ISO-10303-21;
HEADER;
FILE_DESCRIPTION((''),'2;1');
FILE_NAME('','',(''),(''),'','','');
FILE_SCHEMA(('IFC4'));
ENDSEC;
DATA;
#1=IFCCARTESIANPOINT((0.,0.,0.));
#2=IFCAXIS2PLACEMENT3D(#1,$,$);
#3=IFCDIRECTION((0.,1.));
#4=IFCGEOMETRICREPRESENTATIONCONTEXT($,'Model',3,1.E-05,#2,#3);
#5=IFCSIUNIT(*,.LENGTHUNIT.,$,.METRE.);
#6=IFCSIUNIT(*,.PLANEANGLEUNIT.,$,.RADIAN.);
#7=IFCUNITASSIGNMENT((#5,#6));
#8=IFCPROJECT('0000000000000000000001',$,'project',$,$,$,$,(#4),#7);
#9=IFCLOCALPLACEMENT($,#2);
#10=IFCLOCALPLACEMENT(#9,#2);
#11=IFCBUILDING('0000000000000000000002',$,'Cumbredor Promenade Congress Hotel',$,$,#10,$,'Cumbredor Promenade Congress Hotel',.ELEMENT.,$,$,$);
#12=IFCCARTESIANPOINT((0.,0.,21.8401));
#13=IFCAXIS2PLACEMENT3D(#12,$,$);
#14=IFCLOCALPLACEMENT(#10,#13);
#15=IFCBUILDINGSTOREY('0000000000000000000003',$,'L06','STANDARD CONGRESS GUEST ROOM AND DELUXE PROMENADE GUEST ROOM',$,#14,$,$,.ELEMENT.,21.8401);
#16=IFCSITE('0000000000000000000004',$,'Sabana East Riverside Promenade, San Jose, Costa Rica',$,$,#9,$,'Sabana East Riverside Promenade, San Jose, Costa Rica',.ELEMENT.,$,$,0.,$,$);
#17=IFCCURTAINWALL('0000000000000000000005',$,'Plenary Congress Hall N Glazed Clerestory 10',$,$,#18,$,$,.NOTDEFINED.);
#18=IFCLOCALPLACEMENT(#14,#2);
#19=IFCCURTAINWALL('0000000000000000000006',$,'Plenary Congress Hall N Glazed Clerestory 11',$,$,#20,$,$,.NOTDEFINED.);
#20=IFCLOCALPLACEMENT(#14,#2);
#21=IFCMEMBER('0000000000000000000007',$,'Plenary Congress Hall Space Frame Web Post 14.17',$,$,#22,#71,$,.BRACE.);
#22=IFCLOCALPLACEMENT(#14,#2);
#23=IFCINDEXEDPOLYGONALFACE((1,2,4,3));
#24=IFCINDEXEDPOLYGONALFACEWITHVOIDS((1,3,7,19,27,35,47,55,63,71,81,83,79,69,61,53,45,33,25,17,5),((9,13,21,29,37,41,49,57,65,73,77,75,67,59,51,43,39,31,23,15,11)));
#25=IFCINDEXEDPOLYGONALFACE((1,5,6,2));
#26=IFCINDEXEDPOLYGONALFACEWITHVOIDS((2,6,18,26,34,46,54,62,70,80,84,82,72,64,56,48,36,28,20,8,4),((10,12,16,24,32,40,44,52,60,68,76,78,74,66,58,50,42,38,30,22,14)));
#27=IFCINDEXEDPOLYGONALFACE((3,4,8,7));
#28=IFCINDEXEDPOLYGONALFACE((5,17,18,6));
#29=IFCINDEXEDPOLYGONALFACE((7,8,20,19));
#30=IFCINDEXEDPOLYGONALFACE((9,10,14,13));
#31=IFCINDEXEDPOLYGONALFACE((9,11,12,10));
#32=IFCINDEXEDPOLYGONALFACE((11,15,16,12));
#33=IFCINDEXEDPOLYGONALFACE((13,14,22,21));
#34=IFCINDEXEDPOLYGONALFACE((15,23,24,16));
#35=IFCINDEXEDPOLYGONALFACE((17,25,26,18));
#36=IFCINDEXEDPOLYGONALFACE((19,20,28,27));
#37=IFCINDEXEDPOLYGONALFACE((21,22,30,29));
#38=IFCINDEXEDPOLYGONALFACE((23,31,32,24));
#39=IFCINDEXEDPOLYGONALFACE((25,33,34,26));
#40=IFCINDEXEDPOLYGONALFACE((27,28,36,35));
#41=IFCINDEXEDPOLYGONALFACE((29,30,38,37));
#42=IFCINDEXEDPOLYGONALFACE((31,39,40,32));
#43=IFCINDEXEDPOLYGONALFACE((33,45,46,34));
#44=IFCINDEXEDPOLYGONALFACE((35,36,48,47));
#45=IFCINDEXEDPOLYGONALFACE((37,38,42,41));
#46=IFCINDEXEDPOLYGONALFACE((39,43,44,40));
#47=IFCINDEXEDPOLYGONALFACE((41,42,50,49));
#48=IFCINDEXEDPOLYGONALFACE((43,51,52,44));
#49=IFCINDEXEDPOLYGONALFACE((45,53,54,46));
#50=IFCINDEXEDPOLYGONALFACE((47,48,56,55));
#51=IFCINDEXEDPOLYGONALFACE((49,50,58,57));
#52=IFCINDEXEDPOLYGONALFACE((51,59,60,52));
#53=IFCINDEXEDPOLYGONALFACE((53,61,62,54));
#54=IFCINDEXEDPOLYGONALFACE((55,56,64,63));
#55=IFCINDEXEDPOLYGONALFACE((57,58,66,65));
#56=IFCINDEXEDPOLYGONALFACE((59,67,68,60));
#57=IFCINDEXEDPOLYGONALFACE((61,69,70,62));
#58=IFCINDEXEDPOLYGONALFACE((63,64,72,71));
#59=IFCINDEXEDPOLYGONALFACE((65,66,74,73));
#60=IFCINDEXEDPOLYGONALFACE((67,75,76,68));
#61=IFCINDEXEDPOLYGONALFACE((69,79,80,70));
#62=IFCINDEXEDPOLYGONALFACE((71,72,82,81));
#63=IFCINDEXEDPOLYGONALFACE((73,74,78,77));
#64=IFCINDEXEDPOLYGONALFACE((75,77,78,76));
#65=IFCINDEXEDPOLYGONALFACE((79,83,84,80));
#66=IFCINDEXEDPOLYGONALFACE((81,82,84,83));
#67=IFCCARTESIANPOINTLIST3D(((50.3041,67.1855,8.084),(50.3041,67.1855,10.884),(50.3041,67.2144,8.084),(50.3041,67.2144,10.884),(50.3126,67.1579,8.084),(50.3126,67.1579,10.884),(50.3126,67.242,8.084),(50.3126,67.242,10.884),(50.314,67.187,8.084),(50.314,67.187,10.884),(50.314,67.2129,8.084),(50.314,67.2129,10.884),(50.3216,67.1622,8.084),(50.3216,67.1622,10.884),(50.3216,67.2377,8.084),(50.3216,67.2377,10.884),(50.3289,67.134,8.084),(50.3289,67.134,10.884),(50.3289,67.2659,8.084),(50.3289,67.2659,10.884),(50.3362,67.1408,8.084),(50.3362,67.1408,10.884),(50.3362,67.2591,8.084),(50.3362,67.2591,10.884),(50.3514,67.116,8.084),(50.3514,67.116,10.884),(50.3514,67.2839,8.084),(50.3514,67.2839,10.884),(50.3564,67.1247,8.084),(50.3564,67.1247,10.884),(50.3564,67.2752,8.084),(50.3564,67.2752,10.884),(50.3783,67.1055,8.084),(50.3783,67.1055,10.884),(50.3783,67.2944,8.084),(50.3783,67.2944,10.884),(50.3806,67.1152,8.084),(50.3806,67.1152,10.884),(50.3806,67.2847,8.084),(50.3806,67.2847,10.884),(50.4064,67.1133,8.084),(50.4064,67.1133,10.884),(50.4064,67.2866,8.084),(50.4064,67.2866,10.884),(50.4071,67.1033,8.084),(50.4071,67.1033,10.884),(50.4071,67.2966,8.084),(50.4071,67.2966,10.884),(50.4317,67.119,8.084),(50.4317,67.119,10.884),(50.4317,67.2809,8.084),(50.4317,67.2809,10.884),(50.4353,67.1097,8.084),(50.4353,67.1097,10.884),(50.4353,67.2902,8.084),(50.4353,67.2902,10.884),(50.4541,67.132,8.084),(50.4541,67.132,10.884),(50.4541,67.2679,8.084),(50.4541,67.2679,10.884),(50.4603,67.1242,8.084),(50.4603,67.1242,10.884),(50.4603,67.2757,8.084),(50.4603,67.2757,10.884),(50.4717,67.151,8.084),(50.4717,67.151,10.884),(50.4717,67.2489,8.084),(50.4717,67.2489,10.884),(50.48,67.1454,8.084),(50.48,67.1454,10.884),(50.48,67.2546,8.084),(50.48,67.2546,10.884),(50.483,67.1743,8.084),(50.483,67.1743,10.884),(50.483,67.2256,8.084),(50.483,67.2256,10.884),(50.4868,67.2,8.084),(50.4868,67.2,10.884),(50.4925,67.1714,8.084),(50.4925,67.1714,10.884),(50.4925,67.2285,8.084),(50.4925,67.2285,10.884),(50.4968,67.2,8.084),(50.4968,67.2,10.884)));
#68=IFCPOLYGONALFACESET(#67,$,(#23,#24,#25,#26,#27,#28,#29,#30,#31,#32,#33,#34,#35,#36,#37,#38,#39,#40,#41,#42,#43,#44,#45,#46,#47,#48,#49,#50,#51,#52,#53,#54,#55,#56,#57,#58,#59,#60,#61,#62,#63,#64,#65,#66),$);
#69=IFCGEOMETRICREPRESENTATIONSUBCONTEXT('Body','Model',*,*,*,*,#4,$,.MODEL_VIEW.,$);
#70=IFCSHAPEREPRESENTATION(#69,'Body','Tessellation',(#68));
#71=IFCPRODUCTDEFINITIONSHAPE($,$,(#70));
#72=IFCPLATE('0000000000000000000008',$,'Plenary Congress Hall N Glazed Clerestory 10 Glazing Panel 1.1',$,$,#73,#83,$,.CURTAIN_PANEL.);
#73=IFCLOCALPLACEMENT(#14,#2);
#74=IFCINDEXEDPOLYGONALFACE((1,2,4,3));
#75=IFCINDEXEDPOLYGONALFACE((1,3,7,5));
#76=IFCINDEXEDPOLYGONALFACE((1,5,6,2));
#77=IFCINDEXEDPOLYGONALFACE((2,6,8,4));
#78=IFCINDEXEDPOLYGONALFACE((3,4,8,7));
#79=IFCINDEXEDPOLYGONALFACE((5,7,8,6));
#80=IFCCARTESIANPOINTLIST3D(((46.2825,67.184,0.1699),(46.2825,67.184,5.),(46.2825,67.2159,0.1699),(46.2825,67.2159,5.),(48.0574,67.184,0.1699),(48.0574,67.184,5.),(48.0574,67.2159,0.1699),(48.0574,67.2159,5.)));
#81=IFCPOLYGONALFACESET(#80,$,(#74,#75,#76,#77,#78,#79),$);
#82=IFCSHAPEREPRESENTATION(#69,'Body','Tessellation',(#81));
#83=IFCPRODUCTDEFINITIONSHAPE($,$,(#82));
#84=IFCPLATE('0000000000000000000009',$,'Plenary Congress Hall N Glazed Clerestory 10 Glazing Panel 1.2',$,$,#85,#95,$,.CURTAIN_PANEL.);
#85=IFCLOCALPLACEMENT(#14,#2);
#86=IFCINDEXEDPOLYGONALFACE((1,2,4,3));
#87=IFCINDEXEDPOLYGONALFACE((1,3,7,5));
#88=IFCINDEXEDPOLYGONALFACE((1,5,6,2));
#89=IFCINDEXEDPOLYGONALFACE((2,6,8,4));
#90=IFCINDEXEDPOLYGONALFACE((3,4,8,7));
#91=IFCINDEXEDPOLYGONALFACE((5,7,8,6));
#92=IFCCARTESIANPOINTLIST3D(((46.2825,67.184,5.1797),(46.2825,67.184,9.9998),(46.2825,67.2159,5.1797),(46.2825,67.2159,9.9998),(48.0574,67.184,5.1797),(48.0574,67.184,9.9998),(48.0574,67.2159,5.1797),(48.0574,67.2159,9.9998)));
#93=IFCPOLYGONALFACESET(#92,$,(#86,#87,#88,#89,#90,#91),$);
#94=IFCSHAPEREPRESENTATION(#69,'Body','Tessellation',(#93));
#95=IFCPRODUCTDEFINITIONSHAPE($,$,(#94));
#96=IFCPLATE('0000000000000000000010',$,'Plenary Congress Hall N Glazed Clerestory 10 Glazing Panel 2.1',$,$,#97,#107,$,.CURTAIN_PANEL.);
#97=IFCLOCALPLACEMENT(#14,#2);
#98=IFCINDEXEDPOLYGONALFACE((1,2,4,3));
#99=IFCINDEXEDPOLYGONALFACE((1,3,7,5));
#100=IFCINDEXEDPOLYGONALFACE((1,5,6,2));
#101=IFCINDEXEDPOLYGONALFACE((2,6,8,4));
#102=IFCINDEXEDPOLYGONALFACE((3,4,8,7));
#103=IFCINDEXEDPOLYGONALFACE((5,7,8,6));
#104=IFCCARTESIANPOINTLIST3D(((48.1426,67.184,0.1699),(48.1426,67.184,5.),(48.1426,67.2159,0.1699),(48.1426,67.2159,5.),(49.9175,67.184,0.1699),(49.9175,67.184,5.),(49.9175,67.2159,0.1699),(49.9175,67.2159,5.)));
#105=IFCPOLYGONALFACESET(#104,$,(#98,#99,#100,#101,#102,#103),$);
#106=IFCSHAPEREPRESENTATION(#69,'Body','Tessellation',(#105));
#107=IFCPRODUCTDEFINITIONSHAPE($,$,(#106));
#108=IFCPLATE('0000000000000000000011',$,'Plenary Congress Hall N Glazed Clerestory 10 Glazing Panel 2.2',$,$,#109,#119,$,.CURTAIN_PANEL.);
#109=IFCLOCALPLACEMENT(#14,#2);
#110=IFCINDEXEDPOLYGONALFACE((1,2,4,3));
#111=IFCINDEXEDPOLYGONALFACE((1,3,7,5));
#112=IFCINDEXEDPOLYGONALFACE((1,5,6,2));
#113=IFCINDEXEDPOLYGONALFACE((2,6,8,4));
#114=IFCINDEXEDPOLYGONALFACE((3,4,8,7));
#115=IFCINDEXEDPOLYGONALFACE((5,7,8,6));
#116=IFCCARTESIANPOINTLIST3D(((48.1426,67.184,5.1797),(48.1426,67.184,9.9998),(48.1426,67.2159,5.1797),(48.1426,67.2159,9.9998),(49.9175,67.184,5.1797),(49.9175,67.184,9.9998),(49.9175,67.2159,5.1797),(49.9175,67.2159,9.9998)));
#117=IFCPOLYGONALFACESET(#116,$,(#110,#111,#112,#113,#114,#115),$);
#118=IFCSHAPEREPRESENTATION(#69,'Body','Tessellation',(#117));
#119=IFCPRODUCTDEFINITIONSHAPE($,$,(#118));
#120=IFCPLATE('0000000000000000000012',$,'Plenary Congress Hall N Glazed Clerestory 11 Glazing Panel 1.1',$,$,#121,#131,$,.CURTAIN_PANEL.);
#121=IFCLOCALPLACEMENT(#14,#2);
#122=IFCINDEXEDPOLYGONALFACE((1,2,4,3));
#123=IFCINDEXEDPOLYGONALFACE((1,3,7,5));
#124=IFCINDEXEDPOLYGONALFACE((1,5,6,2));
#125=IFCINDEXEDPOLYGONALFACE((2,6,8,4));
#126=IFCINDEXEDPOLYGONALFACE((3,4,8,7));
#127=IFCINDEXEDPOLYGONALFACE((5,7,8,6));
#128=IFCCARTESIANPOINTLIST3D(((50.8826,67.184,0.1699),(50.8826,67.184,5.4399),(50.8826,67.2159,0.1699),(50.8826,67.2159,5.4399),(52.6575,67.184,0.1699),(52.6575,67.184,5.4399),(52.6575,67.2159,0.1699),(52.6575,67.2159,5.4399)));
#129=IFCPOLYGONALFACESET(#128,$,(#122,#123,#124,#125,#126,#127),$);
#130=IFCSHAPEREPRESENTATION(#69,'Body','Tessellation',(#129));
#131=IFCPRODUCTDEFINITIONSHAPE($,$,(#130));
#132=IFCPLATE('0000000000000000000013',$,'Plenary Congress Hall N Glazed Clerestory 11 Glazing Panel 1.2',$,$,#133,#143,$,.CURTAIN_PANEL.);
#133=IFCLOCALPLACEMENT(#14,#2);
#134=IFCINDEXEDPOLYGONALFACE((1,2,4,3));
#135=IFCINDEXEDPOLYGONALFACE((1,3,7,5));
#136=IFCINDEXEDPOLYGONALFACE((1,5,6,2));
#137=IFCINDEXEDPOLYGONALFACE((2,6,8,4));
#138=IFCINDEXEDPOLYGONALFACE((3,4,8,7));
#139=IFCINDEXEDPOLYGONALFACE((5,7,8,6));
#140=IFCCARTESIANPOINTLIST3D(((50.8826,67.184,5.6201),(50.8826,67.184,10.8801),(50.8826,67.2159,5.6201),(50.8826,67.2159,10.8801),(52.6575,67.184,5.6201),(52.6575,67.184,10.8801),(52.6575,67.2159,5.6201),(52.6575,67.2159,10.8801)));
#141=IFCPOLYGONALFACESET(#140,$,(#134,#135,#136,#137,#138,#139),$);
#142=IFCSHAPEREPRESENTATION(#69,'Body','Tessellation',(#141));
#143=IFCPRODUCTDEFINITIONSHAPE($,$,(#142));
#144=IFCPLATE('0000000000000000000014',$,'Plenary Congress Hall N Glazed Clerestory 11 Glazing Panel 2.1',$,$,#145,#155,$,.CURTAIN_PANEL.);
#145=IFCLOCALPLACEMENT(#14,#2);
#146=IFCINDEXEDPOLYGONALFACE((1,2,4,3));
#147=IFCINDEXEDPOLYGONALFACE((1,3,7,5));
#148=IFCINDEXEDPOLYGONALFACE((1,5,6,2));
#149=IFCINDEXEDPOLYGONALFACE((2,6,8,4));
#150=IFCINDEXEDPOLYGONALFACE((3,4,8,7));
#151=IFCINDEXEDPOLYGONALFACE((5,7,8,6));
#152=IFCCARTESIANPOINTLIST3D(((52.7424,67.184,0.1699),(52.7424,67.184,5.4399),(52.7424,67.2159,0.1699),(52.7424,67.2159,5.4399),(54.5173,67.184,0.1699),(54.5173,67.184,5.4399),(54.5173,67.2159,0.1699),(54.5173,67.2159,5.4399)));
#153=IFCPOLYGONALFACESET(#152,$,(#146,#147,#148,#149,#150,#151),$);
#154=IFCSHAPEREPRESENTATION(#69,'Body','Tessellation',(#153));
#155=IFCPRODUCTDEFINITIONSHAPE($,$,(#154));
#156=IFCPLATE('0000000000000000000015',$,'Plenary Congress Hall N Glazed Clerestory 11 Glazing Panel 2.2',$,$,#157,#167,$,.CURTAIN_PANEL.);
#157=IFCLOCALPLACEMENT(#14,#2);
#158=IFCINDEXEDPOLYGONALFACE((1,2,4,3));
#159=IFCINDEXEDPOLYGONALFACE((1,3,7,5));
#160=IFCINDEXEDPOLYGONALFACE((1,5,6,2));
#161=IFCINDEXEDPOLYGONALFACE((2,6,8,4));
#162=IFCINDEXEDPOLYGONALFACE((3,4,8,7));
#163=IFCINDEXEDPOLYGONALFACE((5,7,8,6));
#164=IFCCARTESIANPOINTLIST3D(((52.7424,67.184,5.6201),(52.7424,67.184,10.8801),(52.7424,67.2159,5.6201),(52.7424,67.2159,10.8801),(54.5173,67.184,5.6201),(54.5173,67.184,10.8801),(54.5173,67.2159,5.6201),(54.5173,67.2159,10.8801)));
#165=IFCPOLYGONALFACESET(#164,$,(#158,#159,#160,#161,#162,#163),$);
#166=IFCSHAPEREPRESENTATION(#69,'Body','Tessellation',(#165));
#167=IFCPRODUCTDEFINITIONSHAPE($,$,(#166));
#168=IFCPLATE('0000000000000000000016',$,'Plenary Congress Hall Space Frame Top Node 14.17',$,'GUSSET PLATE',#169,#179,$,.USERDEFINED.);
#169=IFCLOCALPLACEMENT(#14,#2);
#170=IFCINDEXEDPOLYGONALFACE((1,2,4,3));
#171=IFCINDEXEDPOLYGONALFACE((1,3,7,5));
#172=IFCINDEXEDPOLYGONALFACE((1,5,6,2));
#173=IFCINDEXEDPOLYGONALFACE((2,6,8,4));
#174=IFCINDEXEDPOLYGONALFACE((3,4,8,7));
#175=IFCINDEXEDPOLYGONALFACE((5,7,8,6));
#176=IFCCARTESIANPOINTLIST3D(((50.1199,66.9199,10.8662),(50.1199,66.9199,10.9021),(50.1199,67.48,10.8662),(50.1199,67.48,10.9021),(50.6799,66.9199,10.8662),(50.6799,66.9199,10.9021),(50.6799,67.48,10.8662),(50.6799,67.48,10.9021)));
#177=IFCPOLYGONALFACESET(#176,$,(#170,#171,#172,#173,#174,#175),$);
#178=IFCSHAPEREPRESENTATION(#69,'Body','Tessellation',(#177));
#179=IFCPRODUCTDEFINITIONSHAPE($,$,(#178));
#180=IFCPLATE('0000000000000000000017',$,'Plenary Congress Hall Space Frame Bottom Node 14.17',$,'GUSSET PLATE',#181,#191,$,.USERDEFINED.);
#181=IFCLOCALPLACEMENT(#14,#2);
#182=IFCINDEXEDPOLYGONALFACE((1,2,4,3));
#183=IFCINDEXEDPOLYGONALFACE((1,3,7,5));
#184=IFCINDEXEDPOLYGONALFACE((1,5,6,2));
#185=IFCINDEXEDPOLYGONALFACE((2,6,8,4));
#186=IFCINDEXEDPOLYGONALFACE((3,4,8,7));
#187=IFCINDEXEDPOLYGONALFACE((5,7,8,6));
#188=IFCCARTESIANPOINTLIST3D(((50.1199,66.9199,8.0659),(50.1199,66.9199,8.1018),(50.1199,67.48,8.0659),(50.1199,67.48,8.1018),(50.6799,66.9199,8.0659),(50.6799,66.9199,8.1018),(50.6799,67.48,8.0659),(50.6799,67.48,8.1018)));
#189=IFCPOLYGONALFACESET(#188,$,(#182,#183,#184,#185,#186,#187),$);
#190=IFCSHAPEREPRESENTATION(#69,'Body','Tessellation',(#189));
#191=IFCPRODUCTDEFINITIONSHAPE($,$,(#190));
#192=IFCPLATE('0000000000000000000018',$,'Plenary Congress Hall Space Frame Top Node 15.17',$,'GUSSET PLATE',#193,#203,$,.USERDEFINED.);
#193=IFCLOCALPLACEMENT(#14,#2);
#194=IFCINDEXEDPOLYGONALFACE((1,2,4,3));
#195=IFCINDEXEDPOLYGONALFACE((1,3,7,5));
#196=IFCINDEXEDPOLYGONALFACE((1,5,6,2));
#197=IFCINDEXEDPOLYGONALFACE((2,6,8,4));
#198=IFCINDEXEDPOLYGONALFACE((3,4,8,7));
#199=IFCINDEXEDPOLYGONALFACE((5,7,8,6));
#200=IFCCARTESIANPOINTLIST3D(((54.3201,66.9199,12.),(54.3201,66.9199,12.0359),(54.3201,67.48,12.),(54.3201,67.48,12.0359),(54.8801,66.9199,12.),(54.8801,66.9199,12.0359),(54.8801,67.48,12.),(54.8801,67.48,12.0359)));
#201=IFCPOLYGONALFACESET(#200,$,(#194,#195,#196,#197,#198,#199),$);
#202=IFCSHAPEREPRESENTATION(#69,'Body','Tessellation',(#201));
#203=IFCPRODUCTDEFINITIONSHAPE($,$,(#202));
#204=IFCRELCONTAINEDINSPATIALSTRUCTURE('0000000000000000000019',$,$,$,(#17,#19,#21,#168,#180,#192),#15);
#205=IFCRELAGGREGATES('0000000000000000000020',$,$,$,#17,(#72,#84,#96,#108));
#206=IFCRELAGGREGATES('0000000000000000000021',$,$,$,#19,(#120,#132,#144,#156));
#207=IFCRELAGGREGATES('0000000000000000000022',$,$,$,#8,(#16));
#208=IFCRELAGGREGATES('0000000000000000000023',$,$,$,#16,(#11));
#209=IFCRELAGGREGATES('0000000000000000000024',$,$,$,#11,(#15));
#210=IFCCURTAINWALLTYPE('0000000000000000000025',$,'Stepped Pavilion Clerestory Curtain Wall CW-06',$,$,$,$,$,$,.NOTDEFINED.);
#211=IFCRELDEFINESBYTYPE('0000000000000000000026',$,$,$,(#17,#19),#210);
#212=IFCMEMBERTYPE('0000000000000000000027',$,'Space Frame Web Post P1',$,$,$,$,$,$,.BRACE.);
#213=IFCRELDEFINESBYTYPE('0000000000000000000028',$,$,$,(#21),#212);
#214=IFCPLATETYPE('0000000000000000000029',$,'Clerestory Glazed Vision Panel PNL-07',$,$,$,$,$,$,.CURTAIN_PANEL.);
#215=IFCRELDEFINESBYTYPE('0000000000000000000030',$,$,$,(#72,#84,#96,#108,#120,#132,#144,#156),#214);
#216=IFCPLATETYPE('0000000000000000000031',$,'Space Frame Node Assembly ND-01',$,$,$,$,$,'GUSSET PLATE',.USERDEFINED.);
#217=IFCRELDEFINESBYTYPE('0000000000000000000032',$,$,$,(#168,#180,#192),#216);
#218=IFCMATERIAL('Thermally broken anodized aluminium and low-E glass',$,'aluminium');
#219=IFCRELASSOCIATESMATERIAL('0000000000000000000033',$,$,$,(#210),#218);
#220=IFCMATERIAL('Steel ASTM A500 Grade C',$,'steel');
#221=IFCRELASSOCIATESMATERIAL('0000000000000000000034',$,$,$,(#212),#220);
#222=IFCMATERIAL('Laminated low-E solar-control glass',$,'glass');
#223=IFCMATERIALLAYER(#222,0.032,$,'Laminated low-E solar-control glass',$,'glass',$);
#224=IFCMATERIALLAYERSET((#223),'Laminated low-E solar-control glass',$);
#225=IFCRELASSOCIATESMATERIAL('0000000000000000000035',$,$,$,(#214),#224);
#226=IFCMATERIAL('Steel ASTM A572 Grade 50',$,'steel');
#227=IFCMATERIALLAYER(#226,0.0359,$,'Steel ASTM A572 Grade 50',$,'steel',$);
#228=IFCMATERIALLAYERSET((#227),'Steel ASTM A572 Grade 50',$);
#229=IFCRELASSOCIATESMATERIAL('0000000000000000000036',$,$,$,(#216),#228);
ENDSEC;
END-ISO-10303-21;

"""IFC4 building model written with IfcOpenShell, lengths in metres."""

from ifc_helpers import new_model, si_unit, direction, frame, origin, origin_2d, place, context, subcontext, project, spatial, rectangle, hollow_circle, extrude, material, layer, layer_set, material_profile, profile_set, type_object, element, aggregate, save


model = new_model("IFC4")

# Units and contexts
model_context = context("Model", 3, precision=1e-05, world=origin(), true_north=direction((0.0, 1.0)))
body_context = subcontext(model_context, "Body", "Model", "MODEL_VIEW")
ifc_project = project(units=[si_unit("LENGTHUNIT", "METRE"), si_unit("PLANEANGLEUNIT", "RADIAN")], contexts=[model_context])

# Site, building, storey
site_placement = place(None, origin())
site = spatial("IfcSite", under=ifc_project, at=site_placement, Name="Sabana East Riverside Promenade, San Jose, Costa Rica", LongName="Sabana East Riverside Promenade, San Jose, Costa Rica", CompositionType="ELEMENT", RefElevation=0.0)
building_placement = place(site_placement, origin())
building = spatial("IfcBuilding", under=site, at=building_placement, Name="Cumbredor Promenade Congress Hotel", LongName="Cumbredor Promenade Congress Hotel", CompositionType="ELEMENT")
storey_placement = place(building_placement, frame((0.0, 0.0, 21.8401)))
storey = spatial("IfcBuildingStorey", under=building, at=storey_placement, Name="L06", Description="STANDARD CONGRESS GUEST ROOM AND DELUXE PROMENADE GUEST ROOM", CompositionType="ELEMENT", Elevation=21.8401)

# Curtain walls
ifc_material_1 = material(Name="Thermally broken anodized aluminium and low-E glass", Category="aluminium")
curtain_wall_type = type_object("IfcCurtainWallType", Name="Stepped Pavilion Clerestory Curtain Wall CW-06", PredefinedType="NOTDEFINED", material=ifc_material_1)
curtain_wall_1_placement = place(storey_placement, origin())
curtain_wall_1 = element("IfcCurtainWall", 1, at=curtain_wall_1_placement, inside=storey, type_object=curtain_wall_type, Name="Plenary Congress Hall N Glazed Clerestory 10", PredefinedType="NOTDEFINED")
curtain_wall_2_placement = place(storey_placement, origin())
curtain_wall_2 = element("IfcCurtainWall", 2, at=curtain_wall_2_placement, inside=storey, type_object=curtain_wall_type, Name="Plenary Congress Hall N Glazed Clerestory 11", PredefinedType="NOTDEFINED")

# Member
ifc_material_2 = material(Name="Steel ASTM A500 Grade C", Category="steel")
ifc_material_profile_1 = material_profile(ifc_material_2, hollow_circle(Radius=0.0969, WallThickness=0.01, at=origin_2d()), Name="CHS 193.7x10")
ifc_profile_set_1 = profile_set([ifc_material_profile_1], Name="Steel ASTM A500 Grade C")
member_type_1 = type_object("IfcMemberType", Name="Space Frame Web Post P1", PredefinedType="BRACE", material=ifc_profile_set_1)
member_1_placement = place(storey_placement, frame((50.3999, 67.2, 8.084), z_axis=(0.0, 0.0, 1.0), x_axis=(1.0, 0.0, 0.0)))
element("IfcMember", 3, at=member_1_placement, inside=storey, type_object=member_type_1, Name="Plenary Congress Hall Space Frame Web Post 14.17", PredefinedType="BRACE", context=body_context, shape_type="SweptSolid", body=[
    extrude(hollow_circle(Radius=0.0969, WallThickness=0.01, at=origin_2d()), origin(), (0.0, 0.0, 1.0), 2.8),
])

# Plates
ifc_material_3 = material(Name="Laminated low-E solar-control glass", Category="glass")
ifc_layer_1 = layer(ifc_material_3, 0.032, Name="Laminated low-E solar-control glass", Category="glass")
ifc_layer_set_1 = layer_set([ifc_layer_1], Name="Laminated low-E solar-control glass")
plate_type_1 = type_object("IfcPlateType", Name="Clerestory Glazed Vision Panel PNL-07", PredefinedType="CURTAIN_PANEL", material=ifc_layer_set_1)
plate_1_placement = place(storey_placement, frame((47.1699, 67.2, 0.1699), z_axis=(0.0, 0.0, 1.0), x_axis=(1.0, 0.0, 0.0)))
plate_1 = element("IfcPlate", 4, at=plate_1_placement, type_object=plate_type_1, Name="Plenary Congress Hall N Glazed Clerestory 10 Glazing Panel 1.1", PredefinedType="CURTAIN_PANEL", context=body_context, shape_type="SweptSolid", body=[
    extrude(rectangle(XDim=1.7749, YDim=0.032, at=origin_2d()), origin(), (0.0, 0.0, 1.0), 4.8301),
])
plate_2_placement = place(storey_placement, frame((47.1699, 67.2, 5.1797), z_axis=(0.0, 0.0, 1.0), x_axis=(1.0, 0.0, 0.0)))
plate_2 = element("IfcPlate", 5, at=plate_2_placement, type_object=plate_type_1, Name="Plenary Congress Hall N Glazed Clerestory 10 Glazing Panel 1.2", PredefinedType="CURTAIN_PANEL", context=body_context, shape_type="SweptSolid", body=[
    extrude(rectangle(XDim=1.7749, YDim=0.032, at=origin_2d()), origin(), (0.0, 0.0, 1.0), 4.8201),
])
plate_3_placement = place(storey_placement, frame((49.03, 67.2, 0.1699), z_axis=(0.0, 0.0, 1.0), x_axis=(1.0, 0.0, 0.0)))
plate_3 = element("IfcPlate", 6, at=plate_3_placement, type_object=plate_type_1, Name="Plenary Congress Hall N Glazed Clerestory 10 Glazing Panel 2.1", PredefinedType="CURTAIN_PANEL", context=body_context, shape_type="SweptSolid", body=[
    extrude(rectangle(XDim=1.7749, YDim=0.032, at=origin_2d()), origin(), (0.0, 0.0, 1.0), 4.8301),
])
plate_4_placement = place(storey_placement, frame((49.03, 67.2, 5.1797), z_axis=(0.0, 0.0, 1.0), x_axis=(1.0, 0.0, 0.0)))
plate_4 = element("IfcPlate", 7, at=plate_4_placement, type_object=plate_type_1, Name="Plenary Congress Hall N Glazed Clerestory 10 Glazing Panel 2.2", PredefinedType="CURTAIN_PANEL", context=body_context, shape_type="SweptSolid", body=[
    extrude(rectangle(XDim=1.7749, YDim=0.032, at=origin_2d()), origin(), (0.0, 0.0, 1.0), 4.8201),
])
aggregate(curtain_wall_1, [plate_1, plate_2, plate_3, plate_4])
plate_5_placement = place(storey_placement, frame((51.77, 67.2, 0.1699), z_axis=(0.0, 0.0, 1.0), x_axis=(1.0, 0.0, 0.0)))
plate_5 = element("IfcPlate", 8, at=plate_5_placement, type_object=plate_type_1, Name="Plenary Congress Hall N Glazed Clerestory 11 Glazing Panel 1.1", PredefinedType="CURTAIN_PANEL", context=body_context, shape_type="SweptSolid", body=[
    extrude(rectangle(XDim=1.7749, YDim=0.032, at=origin_2d()), origin(), (0.0, 0.0, 1.0), 5.27),
])
plate_6_placement = place(storey_placement, frame((51.77, 67.2, 5.6201), z_axis=(0.0, 0.0, 1.0), x_axis=(1.0, 0.0, 0.0)))
plate_6 = element("IfcPlate", 9, at=plate_6_placement, type_object=plate_type_1, Name="Plenary Congress Hall N Glazed Clerestory 11 Glazing Panel 1.2", PredefinedType="CURTAIN_PANEL", context=body_context, shape_type="SweptSolid", body=[
    extrude(rectangle(XDim=1.7749, YDim=0.032, at=origin_2d()), origin(), (0.0, 0.0, 1.0), 5.26),
])
plate_7_placement = place(storey_placement, frame((53.6299, 67.2, 0.1699), z_axis=(0.0, 0.0, 1.0), x_axis=(1.0, 0.0, 0.0)))
plate_7 = element("IfcPlate", 10, at=plate_7_placement, type_object=plate_type_1, Name="Plenary Congress Hall N Glazed Clerestory 11 Glazing Panel 2.1", PredefinedType="CURTAIN_PANEL", context=body_context, shape_type="SweptSolid", body=[
    extrude(rectangle(XDim=1.7749, YDim=0.032, at=origin_2d()), origin(), (0.0, 0.0, 1.0), 5.27),
])
plate_8_placement = place(storey_placement, frame((53.6299, 67.2, 5.6201), z_axis=(0.0, 0.0, 1.0), x_axis=(1.0, 0.0, 0.0)))
plate_8 = element("IfcPlate", 11, at=plate_8_placement, type_object=plate_type_1, Name="Plenary Congress Hall N Glazed Clerestory 11 Glazing Panel 2.2", PredefinedType="CURTAIN_PANEL", context=body_context, shape_type="SweptSolid", body=[
    extrude(rectangle(XDim=1.7749, YDim=0.032, at=origin_2d()), origin(), (0.0, 0.0, 1.0), 5.26),
])
aggregate(curtain_wall_2, [plate_5, plate_6, plate_7, plate_8])

# Plates
ifc_material_4 = material(Name="Steel ASTM A572 Grade 50", Category="steel")
ifc_layer_2 = layer(ifc_material_4, 0.0359, Name="Steel ASTM A572 Grade 50", Category="steel")
ifc_layer_set_2 = layer_set([ifc_layer_2], Name="Steel ASTM A572 Grade 50")
plate_type_2 = type_object("IfcPlateType", Name="Space Frame Node Assembly ND-01", ElementType="GUSSET PLATE", PredefinedType="USERDEFINED", material=ifc_layer_set_2)
for number, where, z_axis, x_axis, name in (
    (12, (50.3999, 67.2, 10.8662), (0.0, 0.0, 1.0), (1.0, 0.0, 0.0), "Plenary Congress Hall Space Frame Top Node 14.17"),
    (13, (50.3999, 67.2, 8.0659), (0.0, 0.0, 1.0), (1.0, 0.0, 0.0), "Plenary Congress Hall Space Frame Bottom Node 14.17"),
    (14, (54.6001, 67.2, 12.0), (0.0, 0.0, 1.0), (1.0, 0.0, 0.0), "Plenary Congress Hall Space Frame Top Node 15.17"),
):
    element("IfcPlate", number, at=place(storey_placement, frame(where, z_axis=z_axis, x_axis=x_axis)), inside=storey, type_object=plate_type_2, Name=name, ObjectType="GUSSET PLATE", PredefinedType="USERDEFINED", context=body_context, shape_type="SweptSolid", body=[
        extrude(rectangle(XDim=0.5601, YDim=0.5601, at=origin_2d()), origin(), (0.0, 0.0, 1.0), 0.0359),
    ])

save(model, "model.ifc")
